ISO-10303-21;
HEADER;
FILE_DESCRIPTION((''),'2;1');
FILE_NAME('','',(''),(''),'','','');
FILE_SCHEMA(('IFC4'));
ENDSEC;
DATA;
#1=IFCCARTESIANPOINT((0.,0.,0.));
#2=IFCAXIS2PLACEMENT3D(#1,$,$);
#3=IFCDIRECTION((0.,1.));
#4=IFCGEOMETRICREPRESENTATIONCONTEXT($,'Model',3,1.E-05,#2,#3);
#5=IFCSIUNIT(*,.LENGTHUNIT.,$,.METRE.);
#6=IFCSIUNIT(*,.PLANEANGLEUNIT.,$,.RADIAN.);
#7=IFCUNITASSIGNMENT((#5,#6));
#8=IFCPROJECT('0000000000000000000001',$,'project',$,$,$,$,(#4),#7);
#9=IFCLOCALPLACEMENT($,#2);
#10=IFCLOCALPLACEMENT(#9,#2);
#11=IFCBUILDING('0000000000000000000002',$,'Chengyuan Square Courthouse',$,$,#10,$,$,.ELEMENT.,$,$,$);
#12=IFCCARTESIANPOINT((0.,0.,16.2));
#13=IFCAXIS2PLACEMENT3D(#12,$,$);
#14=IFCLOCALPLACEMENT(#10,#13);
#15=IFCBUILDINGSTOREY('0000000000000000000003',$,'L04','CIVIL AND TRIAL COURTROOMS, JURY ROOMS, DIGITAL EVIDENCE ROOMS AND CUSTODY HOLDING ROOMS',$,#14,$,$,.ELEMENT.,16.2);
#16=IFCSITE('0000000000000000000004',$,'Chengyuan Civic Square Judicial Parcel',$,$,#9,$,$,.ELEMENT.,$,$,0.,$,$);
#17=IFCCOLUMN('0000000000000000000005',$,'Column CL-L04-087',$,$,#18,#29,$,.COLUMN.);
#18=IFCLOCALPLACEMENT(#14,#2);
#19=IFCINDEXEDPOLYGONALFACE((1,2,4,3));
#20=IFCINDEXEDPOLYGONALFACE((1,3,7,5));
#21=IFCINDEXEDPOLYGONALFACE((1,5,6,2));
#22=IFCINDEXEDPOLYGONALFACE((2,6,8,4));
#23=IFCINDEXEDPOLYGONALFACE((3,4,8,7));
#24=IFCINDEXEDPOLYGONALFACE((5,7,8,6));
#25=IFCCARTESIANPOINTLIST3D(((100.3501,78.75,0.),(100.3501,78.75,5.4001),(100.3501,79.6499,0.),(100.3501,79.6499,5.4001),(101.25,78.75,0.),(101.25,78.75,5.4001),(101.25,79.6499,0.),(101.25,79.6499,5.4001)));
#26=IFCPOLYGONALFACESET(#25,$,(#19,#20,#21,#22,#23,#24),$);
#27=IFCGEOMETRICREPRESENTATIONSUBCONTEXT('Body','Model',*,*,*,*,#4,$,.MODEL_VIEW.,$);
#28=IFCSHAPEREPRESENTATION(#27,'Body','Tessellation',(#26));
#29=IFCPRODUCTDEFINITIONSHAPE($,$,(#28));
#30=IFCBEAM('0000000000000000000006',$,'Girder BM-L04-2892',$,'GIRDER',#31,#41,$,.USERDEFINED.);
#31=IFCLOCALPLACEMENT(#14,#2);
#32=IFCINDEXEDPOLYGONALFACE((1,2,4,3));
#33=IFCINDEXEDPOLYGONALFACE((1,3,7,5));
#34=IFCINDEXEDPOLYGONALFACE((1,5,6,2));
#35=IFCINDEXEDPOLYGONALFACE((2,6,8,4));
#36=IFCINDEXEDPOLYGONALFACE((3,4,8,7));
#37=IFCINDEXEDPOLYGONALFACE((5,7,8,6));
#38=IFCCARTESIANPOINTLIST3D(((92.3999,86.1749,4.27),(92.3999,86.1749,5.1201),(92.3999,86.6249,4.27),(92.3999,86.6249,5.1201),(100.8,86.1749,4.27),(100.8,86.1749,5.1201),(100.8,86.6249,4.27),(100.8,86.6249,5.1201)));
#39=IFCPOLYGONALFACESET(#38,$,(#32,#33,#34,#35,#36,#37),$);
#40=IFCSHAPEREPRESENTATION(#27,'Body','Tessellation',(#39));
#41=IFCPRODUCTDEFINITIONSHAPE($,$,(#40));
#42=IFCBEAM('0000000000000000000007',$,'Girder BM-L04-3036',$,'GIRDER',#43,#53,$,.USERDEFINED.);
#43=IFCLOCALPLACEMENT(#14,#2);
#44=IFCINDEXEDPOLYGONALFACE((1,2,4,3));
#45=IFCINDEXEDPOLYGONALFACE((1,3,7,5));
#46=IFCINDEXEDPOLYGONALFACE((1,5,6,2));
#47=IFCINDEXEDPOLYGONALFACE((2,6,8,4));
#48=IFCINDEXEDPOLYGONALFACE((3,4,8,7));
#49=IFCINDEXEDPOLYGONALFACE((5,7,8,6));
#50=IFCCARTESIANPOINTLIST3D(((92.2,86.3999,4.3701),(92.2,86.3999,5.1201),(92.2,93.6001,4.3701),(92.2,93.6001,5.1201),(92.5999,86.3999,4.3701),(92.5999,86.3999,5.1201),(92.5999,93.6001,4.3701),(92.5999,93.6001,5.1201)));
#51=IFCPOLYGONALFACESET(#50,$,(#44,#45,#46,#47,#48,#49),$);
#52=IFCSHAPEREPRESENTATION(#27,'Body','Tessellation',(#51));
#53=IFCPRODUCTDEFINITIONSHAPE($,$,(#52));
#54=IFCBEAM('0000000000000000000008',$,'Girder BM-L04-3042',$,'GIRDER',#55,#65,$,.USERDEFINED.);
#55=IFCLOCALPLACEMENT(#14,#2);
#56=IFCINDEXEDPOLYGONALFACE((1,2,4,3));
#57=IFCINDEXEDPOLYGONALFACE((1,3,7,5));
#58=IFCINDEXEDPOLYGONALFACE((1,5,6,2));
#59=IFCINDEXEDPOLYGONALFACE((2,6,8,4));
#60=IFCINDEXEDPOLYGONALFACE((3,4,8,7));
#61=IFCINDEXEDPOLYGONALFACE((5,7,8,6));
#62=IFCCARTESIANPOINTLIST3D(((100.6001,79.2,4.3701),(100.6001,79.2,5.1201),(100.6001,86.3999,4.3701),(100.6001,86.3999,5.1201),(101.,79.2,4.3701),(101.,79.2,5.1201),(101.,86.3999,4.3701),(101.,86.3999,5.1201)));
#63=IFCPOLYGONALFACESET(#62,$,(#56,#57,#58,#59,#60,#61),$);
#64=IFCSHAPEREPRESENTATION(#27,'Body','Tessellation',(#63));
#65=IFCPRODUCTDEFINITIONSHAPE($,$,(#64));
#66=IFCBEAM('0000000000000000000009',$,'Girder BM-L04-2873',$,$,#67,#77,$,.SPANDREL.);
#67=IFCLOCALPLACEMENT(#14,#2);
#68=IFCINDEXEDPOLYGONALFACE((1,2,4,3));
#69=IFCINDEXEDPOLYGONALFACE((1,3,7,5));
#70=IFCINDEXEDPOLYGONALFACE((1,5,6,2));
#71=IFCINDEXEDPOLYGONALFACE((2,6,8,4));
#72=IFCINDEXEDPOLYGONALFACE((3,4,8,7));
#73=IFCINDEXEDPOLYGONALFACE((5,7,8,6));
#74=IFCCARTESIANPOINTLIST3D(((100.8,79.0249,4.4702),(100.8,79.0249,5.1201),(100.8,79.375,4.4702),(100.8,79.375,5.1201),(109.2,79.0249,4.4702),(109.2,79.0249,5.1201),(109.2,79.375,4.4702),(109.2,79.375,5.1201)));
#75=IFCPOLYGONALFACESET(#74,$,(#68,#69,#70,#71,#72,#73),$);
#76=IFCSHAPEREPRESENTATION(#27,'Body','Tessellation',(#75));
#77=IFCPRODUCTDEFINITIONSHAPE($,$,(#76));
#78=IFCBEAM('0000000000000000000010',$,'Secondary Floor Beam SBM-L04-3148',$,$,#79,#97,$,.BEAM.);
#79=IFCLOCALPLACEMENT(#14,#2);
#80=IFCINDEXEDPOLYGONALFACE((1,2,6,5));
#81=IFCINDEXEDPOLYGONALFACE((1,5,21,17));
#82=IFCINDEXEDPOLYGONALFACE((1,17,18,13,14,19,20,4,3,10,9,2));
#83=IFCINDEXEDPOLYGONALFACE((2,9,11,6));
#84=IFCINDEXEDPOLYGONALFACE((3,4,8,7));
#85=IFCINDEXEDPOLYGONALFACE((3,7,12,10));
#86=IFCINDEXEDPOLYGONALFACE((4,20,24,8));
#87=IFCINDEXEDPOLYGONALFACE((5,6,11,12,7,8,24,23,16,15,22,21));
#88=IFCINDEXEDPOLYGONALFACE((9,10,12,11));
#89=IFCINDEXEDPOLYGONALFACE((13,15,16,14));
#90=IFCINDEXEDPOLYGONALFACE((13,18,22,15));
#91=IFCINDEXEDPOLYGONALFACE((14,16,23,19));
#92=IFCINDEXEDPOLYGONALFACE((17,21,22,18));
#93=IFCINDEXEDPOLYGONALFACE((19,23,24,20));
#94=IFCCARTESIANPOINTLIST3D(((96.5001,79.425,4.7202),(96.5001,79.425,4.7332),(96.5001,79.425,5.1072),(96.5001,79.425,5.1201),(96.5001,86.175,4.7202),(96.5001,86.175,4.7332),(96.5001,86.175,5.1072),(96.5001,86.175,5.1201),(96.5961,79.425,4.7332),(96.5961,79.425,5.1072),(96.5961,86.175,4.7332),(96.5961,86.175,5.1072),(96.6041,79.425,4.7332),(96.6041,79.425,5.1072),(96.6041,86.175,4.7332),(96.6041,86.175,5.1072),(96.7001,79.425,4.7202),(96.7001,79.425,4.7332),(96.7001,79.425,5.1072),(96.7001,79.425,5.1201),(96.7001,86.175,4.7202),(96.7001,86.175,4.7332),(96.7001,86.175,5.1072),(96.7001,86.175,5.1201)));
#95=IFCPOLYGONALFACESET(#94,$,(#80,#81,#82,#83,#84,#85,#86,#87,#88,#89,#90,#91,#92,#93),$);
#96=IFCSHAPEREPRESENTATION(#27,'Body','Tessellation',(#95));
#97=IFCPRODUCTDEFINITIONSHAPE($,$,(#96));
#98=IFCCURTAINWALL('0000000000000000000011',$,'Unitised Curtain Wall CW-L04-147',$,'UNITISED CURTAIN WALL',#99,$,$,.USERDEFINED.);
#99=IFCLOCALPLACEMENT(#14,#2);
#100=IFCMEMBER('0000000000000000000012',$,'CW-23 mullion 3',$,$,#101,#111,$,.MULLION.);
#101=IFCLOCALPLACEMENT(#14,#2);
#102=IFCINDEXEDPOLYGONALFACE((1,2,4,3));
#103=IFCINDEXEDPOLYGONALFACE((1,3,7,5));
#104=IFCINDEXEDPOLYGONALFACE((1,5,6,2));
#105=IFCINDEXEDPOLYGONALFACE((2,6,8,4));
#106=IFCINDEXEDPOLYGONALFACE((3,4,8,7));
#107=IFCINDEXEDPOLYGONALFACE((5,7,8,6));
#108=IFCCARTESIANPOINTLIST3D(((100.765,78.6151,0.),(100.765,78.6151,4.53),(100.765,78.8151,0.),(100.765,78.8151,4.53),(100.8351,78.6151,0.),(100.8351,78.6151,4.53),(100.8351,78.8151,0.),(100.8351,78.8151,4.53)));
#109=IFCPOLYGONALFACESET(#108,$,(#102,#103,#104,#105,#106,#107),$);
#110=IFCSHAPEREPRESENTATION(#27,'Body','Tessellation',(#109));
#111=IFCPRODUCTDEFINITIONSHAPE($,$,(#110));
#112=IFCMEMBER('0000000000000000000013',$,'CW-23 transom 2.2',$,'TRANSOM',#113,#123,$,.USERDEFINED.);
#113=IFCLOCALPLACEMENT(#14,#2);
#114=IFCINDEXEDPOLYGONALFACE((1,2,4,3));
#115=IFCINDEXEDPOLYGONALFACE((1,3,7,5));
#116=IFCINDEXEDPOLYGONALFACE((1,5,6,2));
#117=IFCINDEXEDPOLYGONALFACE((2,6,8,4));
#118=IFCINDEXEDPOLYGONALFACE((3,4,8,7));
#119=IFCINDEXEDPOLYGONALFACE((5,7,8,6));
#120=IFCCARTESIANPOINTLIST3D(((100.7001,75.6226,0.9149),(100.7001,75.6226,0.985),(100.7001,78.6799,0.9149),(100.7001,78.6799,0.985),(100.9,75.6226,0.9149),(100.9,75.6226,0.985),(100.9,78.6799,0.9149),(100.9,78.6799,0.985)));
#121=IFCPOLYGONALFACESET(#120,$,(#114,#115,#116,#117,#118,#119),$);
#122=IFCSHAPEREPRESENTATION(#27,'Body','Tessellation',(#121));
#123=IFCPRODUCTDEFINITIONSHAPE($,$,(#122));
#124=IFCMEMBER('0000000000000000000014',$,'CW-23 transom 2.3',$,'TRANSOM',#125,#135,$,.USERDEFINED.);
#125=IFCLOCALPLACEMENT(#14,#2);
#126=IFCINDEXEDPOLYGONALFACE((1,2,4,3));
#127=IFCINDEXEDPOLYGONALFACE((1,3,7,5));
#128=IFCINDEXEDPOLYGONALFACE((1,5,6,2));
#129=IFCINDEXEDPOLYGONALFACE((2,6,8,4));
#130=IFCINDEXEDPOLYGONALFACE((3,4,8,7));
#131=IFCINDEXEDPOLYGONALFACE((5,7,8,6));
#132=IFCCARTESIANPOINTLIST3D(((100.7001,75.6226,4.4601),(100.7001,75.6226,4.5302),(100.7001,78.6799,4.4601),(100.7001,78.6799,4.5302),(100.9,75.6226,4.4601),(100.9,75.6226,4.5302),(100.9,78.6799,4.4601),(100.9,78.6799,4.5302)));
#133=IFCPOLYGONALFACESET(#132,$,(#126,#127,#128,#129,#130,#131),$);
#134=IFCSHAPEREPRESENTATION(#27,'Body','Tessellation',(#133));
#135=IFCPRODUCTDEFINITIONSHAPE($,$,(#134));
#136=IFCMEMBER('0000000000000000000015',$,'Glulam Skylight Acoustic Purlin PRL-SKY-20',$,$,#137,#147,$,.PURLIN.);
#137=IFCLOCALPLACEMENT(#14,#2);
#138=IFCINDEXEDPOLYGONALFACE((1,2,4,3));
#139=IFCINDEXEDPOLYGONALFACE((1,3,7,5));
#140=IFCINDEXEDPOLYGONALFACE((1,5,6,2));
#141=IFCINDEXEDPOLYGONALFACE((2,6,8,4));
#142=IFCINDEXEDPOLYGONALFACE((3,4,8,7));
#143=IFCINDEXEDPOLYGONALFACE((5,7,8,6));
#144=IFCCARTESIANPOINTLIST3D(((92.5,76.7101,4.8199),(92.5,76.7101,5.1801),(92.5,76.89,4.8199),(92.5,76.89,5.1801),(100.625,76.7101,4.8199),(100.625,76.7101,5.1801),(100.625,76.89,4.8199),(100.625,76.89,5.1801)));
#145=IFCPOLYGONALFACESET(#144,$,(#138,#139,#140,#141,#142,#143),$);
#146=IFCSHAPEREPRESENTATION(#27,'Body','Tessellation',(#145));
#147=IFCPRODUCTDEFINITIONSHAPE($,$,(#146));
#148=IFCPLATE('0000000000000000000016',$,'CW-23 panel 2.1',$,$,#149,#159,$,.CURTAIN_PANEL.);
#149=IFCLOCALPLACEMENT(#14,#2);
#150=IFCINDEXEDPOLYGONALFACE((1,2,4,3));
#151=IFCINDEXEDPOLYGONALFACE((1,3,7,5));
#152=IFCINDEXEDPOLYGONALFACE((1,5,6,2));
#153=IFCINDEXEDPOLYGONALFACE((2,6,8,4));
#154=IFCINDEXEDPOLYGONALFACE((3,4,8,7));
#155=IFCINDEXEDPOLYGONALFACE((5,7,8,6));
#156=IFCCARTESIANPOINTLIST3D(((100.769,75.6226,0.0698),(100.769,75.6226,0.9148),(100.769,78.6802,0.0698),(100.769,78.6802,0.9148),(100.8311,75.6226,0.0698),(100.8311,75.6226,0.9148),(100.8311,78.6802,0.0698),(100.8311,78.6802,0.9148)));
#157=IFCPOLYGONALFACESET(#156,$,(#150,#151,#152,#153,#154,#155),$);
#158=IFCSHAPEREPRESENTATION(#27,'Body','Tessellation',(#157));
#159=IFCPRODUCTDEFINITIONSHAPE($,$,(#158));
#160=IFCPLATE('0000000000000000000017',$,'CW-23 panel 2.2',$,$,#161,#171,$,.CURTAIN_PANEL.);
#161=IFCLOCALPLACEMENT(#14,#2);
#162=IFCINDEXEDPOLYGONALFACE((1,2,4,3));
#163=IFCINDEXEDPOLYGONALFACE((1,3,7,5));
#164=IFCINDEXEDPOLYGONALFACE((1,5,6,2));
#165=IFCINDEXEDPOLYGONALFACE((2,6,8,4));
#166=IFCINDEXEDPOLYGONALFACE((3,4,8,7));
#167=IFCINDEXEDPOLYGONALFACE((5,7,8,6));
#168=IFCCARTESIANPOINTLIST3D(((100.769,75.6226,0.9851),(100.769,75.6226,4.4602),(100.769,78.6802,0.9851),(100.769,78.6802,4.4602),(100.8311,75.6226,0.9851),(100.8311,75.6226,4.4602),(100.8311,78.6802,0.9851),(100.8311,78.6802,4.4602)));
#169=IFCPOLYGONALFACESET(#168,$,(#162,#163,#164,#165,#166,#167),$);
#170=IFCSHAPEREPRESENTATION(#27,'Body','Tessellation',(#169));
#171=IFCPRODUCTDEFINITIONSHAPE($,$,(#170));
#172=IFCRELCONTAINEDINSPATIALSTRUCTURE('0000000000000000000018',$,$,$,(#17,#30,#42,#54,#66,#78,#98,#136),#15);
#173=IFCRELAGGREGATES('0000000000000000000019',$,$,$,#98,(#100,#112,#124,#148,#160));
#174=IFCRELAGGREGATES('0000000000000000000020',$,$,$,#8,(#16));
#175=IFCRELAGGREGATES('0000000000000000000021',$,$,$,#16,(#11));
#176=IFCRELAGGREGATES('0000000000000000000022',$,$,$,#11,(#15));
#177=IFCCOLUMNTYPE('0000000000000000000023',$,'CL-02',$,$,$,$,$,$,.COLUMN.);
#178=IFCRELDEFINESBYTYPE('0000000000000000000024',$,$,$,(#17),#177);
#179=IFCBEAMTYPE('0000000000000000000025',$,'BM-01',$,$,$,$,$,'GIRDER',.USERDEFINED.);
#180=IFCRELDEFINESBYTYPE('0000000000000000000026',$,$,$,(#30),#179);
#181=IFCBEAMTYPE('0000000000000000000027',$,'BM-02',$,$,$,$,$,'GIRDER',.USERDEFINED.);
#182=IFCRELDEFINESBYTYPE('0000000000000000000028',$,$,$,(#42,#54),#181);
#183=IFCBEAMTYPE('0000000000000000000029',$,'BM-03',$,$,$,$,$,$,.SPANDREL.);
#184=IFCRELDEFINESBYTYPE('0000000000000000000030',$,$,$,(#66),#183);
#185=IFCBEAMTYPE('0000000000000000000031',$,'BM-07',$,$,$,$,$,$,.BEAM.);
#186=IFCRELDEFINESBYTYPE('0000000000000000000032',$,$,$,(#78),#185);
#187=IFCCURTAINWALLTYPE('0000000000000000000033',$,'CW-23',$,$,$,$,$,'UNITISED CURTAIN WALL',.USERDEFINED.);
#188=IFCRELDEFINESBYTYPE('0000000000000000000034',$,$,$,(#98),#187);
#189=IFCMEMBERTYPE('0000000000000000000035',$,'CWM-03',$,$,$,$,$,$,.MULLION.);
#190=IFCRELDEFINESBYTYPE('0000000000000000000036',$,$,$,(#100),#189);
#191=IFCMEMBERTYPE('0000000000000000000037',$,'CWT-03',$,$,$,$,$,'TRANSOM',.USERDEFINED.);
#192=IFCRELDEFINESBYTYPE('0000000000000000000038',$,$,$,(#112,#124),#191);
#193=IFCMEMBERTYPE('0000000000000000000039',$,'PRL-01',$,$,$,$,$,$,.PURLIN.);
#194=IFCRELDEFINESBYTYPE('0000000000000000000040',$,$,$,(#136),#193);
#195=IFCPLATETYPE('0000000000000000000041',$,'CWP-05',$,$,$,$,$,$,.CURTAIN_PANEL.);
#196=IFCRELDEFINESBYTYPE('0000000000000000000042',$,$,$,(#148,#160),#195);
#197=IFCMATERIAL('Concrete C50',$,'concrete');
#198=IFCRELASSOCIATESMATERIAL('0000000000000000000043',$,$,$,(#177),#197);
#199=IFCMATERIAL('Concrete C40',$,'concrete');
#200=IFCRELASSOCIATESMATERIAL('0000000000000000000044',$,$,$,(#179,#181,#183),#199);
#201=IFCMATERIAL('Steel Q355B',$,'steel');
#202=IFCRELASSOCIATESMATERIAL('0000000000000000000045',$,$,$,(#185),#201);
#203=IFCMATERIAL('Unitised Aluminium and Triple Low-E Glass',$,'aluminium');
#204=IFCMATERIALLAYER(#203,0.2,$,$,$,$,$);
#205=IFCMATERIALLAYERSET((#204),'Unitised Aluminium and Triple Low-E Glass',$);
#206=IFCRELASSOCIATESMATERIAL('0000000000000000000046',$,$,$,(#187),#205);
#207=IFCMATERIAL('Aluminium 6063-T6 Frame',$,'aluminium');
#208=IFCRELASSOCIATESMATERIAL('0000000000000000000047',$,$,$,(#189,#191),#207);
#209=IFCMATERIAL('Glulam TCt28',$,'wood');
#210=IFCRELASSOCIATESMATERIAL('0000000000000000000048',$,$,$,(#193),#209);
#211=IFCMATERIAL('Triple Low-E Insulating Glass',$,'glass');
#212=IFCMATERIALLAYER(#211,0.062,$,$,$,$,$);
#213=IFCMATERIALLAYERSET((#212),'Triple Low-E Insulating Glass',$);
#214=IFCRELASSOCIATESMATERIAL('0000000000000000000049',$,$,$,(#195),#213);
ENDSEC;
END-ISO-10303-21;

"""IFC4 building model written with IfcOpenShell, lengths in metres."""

from ifc_helpers import new_model, si_unit, direction, frame, origin, origin_2d, place, context, subcontext, project, spatial, rectangle, i_section, extrude, material, layer, layer_set, material_profile, profile_set, type_object, element, aggregate, save


model = new_model("IFC4")

# Units and contexts
model_context = context("Model", 3, precision=1e-05, world=origin(), true_north=direction((0.0, 1.0)))
body_context = subcontext(model_context, "Body", "Model", "MODEL_VIEW")
ifc_project = project(units=[si_unit("LENGTHUNIT", "METRE"), si_unit("PLANEANGLEUNIT", "RADIAN")], contexts=[model_context])

# Site, building, storey
site_placement = place(None, origin())
site = spatial("IfcSite", under=ifc_project, at=site_placement, Name="Chengyuan Civic Square Judicial Parcel", CompositionType="ELEMENT", RefElevation=0.0)
building_placement = place(site_placement, origin())
building = spatial("IfcBuilding", under=site, at=building_placement, Name="Chengyuan Square Courthouse", CompositionType="ELEMENT")
storey_placement = place(building_placement, frame((0.0, 0.0, 16.2)))
storey = spatial("IfcBuildingStorey", under=building, at=storey_placement, Name="L04", Description="CIVIL AND TRIAL COURTROOMS, JURY ROOMS, DIGITAL EVIDENCE ROOMS AND CUSTODY HOLDING ROOMS", CompositionType="ELEMENT", Elevation=16.2)

# Column
ifc_material_1 = material(Name="Concrete C50", Category="concrete")
ifc_material_profile_1 = material_profile(ifc_material_1, rectangle(XDim=0.8999, YDim=0.8999, at=origin_2d()), Name="RC-COL-900x900")
ifc_profile_set_1 = profile_set([ifc_material_profile_1], Name="Concrete C50")
column_type = type_object("IfcColumnType", Name="CL-02", PredefinedType="COLUMN", material=ifc_profile_set_1)
column_placement = place(storey_placement, frame((100.8, 79.2, 0.0), z_axis=(0.0, 0.0, 1.0), x_axis=(1.0, 0.0, 0.0)))
element("IfcColumn", 1, at=column_placement, inside=storey, type_object=column_type, Name="Column CL-L04-087", PredefinedType="COLUMN", context=body_context, shape_type="SweptSolid", body=[
    extrude(rectangle(XDim=0.8999, YDim=0.8999, at=origin_2d()), origin(), (0.0, 0.0, 1.0), 5.4001),
])

# Beams
ifc_material_2 = material(Name="Concrete C40", Category="concrete")
ifc_material_profile_2 = material_profile(ifc_material_2, rectangle(XDim=0.45, YDim=0.8501, at=origin_2d()), Name="RC-BM-450x850")
ifc_profile_set_2 = profile_set([ifc_material_profile_2], Name="Concrete C40")
beam_type_1 = type_object("IfcBeamType", Name="BM-01", ElementType="GIRDER", PredefinedType="USERDEFINED", material=ifc_profile_set_2)
beam_1_placement = place(storey_placement, frame((92.3999, 86.3999, 4.6951), z_axis=(1.0, 0.0, 0.0), x_axis=(0.0, 1.0, 0.0)))
element("IfcBeam", 2, at=beam_1_placement, inside=storey, type_object=beam_type_1, Name="Girder BM-L04-2892", ObjectType="GIRDER", PredefinedType="USERDEFINED", context=body_context, shape_type="SweptSolid", body=[
    extrude(rectangle(XDim=0.45, YDim=0.8501, at=origin_2d()), origin(), (0.0, 0.0, 1.0), 8.4001),
])
ifc_material_profile_3 = material_profile(ifc_material_2, rectangle(XDim=0.3999, YDim=0.75, at=origin_2d()), Name="RC-BM-400x750")
ifc_profile_set_3 = profile_set([ifc_material_profile_3], Name="Concrete C40")
beam_type_2 = type_object("IfcBeamType", Name="BM-02", ElementType="GIRDER", PredefinedType="USERDEFINED", material=ifc_profile_set_3)
beam_2_placement = place(storey_placement, frame((92.3999, 86.3999, 4.7451), z_axis=(0.0, 1.0, 0.0), x_axis=(-1.0, 0.0, 0.0)))
element("IfcBeam", 3, at=beam_2_placement, inside=storey, type_object=beam_type_2, Name="Girder BM-L04-3036", ObjectType="GIRDER", PredefinedType="USERDEFINED", context=body_context, shape_type="SweptSolid", body=[
    extrude(rectangle(XDim=0.3999, YDim=0.75, at=origin_2d()), origin(), (0.0, 0.0, 1.0), 7.2002),
])
beam_3_placement = place(storey_placement, frame((100.8, 79.2, 4.7451), z_axis=(0.0, 1.0, 0.0), x_axis=(-1.0, 0.0, 0.0)))
element("IfcBeam", 4, at=beam_3_placement, inside=storey, type_object=beam_type_2, Name="Girder BM-L04-3042", ObjectType="GIRDER", PredefinedType="USERDEFINED", context=body_context, shape_type="SweptSolid", body=[
    extrude(rectangle(XDim=0.3999, YDim=0.75, at=origin_2d()), origin(), (0.0, 0.0, 1.0), 7.2),
])
ifc_material_profile_4 = material_profile(ifc_material_2, rectangle(XDim=0.3501, YDim=0.6499, at=origin_2d()), Name="RC-BM-350x650")
ifc_profile_set_4 = profile_set([ifc_material_profile_4], Name="Concrete C40")
beam_type_3 = type_object("IfcBeamType", Name="BM-03", PredefinedType="SPANDREL", material=ifc_profile_set_4)
beam_4_placement = place(storey_placement, frame((100.8, 79.2, 4.7952), z_axis=(1.0, 0.0, 0.0), x_axis=(0.0, 1.0, 0.0)))
element("IfcBeam", 5, at=beam_4_placement, inside=storey, type_object=beam_type_3, Name="Girder BM-L04-2873", PredefinedType="SPANDREL", context=body_context, shape_type="SweptSolid", body=[
    extrude(rectangle(XDim=0.3501, YDim=0.6499, at=origin_2d()), origin(), (0.0, 0.0, 1.0), 8.3999),
])
ifc_material_3 = material(Name="Steel Q355B", Category="steel")
ifc_material_profile_5 = material_profile(ifc_material_3, i_section(OverallWidth=0.2, OverallDepth=0.3999, WebThickness=0.0081, FlangeThickness=0.0129, at=origin_2d()), Name="HN 400x200x8x13")
ifc_profile_set_5 = profile_set([ifc_material_profile_5], Name="Steel Q355B")
beam_type_4 = type_object("IfcBeamType", Name="BM-07", PredefinedType="BEAM", material=ifc_profile_set_5)
beam_5_placement = place(storey_placement, frame((96.6001, 79.425, 4.9202), z_axis=(0.0, 1.0, 0.0), x_axis=(-1.0, 0.0, 0.0)))
element("IfcBeam", 6, at=beam_5_placement, inside=storey, type_object=beam_type_4, Name="Secondary Floor Beam SBM-L04-3148", PredefinedType="BEAM", context=body_context, shape_type="SweptSolid", body=[
    extrude(i_section(OverallWidth=0.2, OverallDepth=0.3999, WebThickness=0.0081, FlangeThickness=0.0129, at=origin_2d()), origin(), (0.0, 0.0, 1.0), 6.75),
])

# Curtain wall, members
ifc_material_4 = material(Name="Unitised Aluminium and Triple Low-E Glass", Category="aluminium")
ifc_layer_1 = layer(ifc_material_4, 0.2)
ifc_layer_set_1 = layer_set([ifc_layer_1], Name="Unitised Aluminium and Triple Low-E Glass")
curtain_wall_type = type_object("IfcCurtainWallType", Name="CW-23", ElementType="UNITISED CURTAIN WALL", PredefinedType="USERDEFINED", material=ifc_layer_set_1)
curtain_wall_placement = place(storey_placement, origin())
curtain_wall = element("IfcCurtainWall", 7, at=curtain_wall_placement, inside=storey, type_object=curtain_wall_type, Name="Unitised Curtain Wall CW-L04-147", ObjectType="UNITISED CURTAIN WALL", PredefinedType="USERDEFINED")
ifc_material_5 = material(Name="Aluminium 6063-T6 Frame", Category="aluminium")
ifc_material_profile_6 = material_profile(ifc_material_5, rectangle(XDim=0.0701, YDim=0.2, at=origin_2d()), Name="CW-MUL-70x200")
ifc_profile_set_6 = profile_set([ifc_material_profile_6], Name="Aluminium 6063-T6 Frame")
member_type_1 = type_object("IfcMemberType", Name="CWM-03", PredefinedType="MULLION", material=ifc_profile_set_6)
member_1_placement = place(storey_placement, frame((100.8, 78.7151, 0.0), z_axis=(0.0, 0.0, 1.0), x_axis=(-1.0, 0.0, 0.0)))
member_1 = element("IfcMember", 8, at=member_1_placement, type_object=member_type_1, Name="CW-23 mullion 3", PredefinedType="MULLION", context=body_context, shape_type="SweptSolid", body=[
    extrude(rectangle(XDim=0.0701, YDim=0.2, at=origin_2d()), origin(), (0.0, 0.0, 1.0), 4.53),
])
ifc_material_profile_7 = material_profile(ifc_material_5, rectangle(XDim=0.2, YDim=0.0701, at=origin_2d()), Name="CW-TRN-70x160")
ifc_profile_set_7 = profile_set([ifc_material_profile_7], Name="Aluminium 6063-T6 Frame")
member_type_2 = type_object("IfcMemberType", Name="CWT-03", ElementType="TRANSOM", PredefinedType="USERDEFINED", material=ifc_profile_set_7)
member_2_placement = place(storey_placement, frame((100.8, 75.6226, 0.95), z_axis=(0.0, 1.0, 0.0), x_axis=(-1.0, 0.0, 0.0)))
member_2 = element("IfcMember", 9, at=member_2_placement, type_object=member_type_2, Name="CW-23 transom 2.2", ObjectType="TRANSOM", PredefinedType="USERDEFINED", context=body_context, shape_type="SweptSolid", body=[
    extrude(rectangle(XDim=0.2, YDim=0.0701, at=origin_2d()), origin(), (0.0, 0.0, 1.0), 3.0574),
])
member_3_placement = place(storey_placement, frame((100.8, 75.6226, 4.4951), z_axis=(0.0, 1.0, 0.0), x_axis=(-1.0, 0.0, 0.0)))
member_3 = element("IfcMember", 10, at=member_3_placement, type_object=member_type_2, Name="CW-23 transom 2.3", ObjectType="TRANSOM", PredefinedType="USERDEFINED", context=body_context, shape_type="SweptSolid", body=[
    extrude(rectangle(XDim=0.2, YDim=0.0701, at=origin_2d()), origin(), (0.0, 0.0, 1.0), 3.0574),
])

# Member
ifc_material_6 = material(Name="Glulam TCt28", Category="wood")
ifc_material_profile_8 = material_profile(ifc_material_6, rectangle(XDim=0.1799, YDim=0.3601, at=origin_2d()), Name="GL-PRL-180x360")
ifc_profile_set_8 = profile_set([ifc_material_profile_8], Name="Glulam TCt28")
member_type_3 = type_object("IfcMemberType", Name="PRL-01", PredefinedType="PURLIN", material=ifc_profile_set_8)
member_4_placement = place(storey_placement, frame((92.5, 76.8, 5.0), z_axis=(1.0, 0.0, 0.0), x_axis=(0.0, 1.0, 0.0)))
element("IfcMember", 11, at=member_4_placement, inside=storey, type_object=member_type_3, Name="Glulam Skylight Acoustic Purlin PRL-SKY-20", PredefinedType="PURLIN", context=body_context, shape_type="SweptSolid", body=[
    extrude(rectangle(XDim=0.1799, YDim=0.3601, at=origin_2d()), origin(), (0.0, 0.0, 1.0), 8.125),
])

# Plates
ifc_material_7 = material(Name="Triple Low-E Insulating Glass", Category="glass")
ifc_layer_2 = layer(ifc_material_7, 0.062)
ifc_layer_set_2 = layer_set([ifc_layer_2], Name="Triple Low-E Insulating Glass")
plate_type = type_object("IfcPlateType", Name="CWP-05", PredefinedType="CURTAIN_PANEL", material=ifc_layer_set_2)
plate_1_placement = place(storey_placement, frame((100.8, 77.1514, 0.0698), z_axis=(0.0, 0.0, 1.0), x_axis=(0.0, 1.0, 0.0)))
plate_1 = element("IfcPlate", 12, at=plate_1_placement, type_object=plate_type, Name="CW-23 panel 2.1", PredefinedType="CURTAIN_PANEL", context=body_context, shape_type="SweptSolid", body=[
    extrude(rectangle(XDim=3.0576, YDim=0.062, at=origin_2d()), origin(), (0.0, 0.0, 1.0), 0.845),
])
plate_2_placement = place(storey_placement, frame((100.8, 77.1514, 0.9851), z_axis=(0.0, 0.0, 1.0), x_axis=(0.0, 1.0, 0.0)))
plate_2 = element("IfcPlate", 13, at=plate_2_placement, type_object=plate_type, Name="CW-23 panel 2.2", PredefinedType="CURTAIN_PANEL", context=body_context, shape_type="SweptSolid", body=[
    extrude(rectangle(XDim=3.0576, YDim=0.062, at=origin_2d()), origin(), (0.0, 0.0, 1.0), 3.4751),
])
aggregate(curtain_wall, [member_1, member_2, member_3, plate_1, plate_2])

save(model, "model.ifc")
